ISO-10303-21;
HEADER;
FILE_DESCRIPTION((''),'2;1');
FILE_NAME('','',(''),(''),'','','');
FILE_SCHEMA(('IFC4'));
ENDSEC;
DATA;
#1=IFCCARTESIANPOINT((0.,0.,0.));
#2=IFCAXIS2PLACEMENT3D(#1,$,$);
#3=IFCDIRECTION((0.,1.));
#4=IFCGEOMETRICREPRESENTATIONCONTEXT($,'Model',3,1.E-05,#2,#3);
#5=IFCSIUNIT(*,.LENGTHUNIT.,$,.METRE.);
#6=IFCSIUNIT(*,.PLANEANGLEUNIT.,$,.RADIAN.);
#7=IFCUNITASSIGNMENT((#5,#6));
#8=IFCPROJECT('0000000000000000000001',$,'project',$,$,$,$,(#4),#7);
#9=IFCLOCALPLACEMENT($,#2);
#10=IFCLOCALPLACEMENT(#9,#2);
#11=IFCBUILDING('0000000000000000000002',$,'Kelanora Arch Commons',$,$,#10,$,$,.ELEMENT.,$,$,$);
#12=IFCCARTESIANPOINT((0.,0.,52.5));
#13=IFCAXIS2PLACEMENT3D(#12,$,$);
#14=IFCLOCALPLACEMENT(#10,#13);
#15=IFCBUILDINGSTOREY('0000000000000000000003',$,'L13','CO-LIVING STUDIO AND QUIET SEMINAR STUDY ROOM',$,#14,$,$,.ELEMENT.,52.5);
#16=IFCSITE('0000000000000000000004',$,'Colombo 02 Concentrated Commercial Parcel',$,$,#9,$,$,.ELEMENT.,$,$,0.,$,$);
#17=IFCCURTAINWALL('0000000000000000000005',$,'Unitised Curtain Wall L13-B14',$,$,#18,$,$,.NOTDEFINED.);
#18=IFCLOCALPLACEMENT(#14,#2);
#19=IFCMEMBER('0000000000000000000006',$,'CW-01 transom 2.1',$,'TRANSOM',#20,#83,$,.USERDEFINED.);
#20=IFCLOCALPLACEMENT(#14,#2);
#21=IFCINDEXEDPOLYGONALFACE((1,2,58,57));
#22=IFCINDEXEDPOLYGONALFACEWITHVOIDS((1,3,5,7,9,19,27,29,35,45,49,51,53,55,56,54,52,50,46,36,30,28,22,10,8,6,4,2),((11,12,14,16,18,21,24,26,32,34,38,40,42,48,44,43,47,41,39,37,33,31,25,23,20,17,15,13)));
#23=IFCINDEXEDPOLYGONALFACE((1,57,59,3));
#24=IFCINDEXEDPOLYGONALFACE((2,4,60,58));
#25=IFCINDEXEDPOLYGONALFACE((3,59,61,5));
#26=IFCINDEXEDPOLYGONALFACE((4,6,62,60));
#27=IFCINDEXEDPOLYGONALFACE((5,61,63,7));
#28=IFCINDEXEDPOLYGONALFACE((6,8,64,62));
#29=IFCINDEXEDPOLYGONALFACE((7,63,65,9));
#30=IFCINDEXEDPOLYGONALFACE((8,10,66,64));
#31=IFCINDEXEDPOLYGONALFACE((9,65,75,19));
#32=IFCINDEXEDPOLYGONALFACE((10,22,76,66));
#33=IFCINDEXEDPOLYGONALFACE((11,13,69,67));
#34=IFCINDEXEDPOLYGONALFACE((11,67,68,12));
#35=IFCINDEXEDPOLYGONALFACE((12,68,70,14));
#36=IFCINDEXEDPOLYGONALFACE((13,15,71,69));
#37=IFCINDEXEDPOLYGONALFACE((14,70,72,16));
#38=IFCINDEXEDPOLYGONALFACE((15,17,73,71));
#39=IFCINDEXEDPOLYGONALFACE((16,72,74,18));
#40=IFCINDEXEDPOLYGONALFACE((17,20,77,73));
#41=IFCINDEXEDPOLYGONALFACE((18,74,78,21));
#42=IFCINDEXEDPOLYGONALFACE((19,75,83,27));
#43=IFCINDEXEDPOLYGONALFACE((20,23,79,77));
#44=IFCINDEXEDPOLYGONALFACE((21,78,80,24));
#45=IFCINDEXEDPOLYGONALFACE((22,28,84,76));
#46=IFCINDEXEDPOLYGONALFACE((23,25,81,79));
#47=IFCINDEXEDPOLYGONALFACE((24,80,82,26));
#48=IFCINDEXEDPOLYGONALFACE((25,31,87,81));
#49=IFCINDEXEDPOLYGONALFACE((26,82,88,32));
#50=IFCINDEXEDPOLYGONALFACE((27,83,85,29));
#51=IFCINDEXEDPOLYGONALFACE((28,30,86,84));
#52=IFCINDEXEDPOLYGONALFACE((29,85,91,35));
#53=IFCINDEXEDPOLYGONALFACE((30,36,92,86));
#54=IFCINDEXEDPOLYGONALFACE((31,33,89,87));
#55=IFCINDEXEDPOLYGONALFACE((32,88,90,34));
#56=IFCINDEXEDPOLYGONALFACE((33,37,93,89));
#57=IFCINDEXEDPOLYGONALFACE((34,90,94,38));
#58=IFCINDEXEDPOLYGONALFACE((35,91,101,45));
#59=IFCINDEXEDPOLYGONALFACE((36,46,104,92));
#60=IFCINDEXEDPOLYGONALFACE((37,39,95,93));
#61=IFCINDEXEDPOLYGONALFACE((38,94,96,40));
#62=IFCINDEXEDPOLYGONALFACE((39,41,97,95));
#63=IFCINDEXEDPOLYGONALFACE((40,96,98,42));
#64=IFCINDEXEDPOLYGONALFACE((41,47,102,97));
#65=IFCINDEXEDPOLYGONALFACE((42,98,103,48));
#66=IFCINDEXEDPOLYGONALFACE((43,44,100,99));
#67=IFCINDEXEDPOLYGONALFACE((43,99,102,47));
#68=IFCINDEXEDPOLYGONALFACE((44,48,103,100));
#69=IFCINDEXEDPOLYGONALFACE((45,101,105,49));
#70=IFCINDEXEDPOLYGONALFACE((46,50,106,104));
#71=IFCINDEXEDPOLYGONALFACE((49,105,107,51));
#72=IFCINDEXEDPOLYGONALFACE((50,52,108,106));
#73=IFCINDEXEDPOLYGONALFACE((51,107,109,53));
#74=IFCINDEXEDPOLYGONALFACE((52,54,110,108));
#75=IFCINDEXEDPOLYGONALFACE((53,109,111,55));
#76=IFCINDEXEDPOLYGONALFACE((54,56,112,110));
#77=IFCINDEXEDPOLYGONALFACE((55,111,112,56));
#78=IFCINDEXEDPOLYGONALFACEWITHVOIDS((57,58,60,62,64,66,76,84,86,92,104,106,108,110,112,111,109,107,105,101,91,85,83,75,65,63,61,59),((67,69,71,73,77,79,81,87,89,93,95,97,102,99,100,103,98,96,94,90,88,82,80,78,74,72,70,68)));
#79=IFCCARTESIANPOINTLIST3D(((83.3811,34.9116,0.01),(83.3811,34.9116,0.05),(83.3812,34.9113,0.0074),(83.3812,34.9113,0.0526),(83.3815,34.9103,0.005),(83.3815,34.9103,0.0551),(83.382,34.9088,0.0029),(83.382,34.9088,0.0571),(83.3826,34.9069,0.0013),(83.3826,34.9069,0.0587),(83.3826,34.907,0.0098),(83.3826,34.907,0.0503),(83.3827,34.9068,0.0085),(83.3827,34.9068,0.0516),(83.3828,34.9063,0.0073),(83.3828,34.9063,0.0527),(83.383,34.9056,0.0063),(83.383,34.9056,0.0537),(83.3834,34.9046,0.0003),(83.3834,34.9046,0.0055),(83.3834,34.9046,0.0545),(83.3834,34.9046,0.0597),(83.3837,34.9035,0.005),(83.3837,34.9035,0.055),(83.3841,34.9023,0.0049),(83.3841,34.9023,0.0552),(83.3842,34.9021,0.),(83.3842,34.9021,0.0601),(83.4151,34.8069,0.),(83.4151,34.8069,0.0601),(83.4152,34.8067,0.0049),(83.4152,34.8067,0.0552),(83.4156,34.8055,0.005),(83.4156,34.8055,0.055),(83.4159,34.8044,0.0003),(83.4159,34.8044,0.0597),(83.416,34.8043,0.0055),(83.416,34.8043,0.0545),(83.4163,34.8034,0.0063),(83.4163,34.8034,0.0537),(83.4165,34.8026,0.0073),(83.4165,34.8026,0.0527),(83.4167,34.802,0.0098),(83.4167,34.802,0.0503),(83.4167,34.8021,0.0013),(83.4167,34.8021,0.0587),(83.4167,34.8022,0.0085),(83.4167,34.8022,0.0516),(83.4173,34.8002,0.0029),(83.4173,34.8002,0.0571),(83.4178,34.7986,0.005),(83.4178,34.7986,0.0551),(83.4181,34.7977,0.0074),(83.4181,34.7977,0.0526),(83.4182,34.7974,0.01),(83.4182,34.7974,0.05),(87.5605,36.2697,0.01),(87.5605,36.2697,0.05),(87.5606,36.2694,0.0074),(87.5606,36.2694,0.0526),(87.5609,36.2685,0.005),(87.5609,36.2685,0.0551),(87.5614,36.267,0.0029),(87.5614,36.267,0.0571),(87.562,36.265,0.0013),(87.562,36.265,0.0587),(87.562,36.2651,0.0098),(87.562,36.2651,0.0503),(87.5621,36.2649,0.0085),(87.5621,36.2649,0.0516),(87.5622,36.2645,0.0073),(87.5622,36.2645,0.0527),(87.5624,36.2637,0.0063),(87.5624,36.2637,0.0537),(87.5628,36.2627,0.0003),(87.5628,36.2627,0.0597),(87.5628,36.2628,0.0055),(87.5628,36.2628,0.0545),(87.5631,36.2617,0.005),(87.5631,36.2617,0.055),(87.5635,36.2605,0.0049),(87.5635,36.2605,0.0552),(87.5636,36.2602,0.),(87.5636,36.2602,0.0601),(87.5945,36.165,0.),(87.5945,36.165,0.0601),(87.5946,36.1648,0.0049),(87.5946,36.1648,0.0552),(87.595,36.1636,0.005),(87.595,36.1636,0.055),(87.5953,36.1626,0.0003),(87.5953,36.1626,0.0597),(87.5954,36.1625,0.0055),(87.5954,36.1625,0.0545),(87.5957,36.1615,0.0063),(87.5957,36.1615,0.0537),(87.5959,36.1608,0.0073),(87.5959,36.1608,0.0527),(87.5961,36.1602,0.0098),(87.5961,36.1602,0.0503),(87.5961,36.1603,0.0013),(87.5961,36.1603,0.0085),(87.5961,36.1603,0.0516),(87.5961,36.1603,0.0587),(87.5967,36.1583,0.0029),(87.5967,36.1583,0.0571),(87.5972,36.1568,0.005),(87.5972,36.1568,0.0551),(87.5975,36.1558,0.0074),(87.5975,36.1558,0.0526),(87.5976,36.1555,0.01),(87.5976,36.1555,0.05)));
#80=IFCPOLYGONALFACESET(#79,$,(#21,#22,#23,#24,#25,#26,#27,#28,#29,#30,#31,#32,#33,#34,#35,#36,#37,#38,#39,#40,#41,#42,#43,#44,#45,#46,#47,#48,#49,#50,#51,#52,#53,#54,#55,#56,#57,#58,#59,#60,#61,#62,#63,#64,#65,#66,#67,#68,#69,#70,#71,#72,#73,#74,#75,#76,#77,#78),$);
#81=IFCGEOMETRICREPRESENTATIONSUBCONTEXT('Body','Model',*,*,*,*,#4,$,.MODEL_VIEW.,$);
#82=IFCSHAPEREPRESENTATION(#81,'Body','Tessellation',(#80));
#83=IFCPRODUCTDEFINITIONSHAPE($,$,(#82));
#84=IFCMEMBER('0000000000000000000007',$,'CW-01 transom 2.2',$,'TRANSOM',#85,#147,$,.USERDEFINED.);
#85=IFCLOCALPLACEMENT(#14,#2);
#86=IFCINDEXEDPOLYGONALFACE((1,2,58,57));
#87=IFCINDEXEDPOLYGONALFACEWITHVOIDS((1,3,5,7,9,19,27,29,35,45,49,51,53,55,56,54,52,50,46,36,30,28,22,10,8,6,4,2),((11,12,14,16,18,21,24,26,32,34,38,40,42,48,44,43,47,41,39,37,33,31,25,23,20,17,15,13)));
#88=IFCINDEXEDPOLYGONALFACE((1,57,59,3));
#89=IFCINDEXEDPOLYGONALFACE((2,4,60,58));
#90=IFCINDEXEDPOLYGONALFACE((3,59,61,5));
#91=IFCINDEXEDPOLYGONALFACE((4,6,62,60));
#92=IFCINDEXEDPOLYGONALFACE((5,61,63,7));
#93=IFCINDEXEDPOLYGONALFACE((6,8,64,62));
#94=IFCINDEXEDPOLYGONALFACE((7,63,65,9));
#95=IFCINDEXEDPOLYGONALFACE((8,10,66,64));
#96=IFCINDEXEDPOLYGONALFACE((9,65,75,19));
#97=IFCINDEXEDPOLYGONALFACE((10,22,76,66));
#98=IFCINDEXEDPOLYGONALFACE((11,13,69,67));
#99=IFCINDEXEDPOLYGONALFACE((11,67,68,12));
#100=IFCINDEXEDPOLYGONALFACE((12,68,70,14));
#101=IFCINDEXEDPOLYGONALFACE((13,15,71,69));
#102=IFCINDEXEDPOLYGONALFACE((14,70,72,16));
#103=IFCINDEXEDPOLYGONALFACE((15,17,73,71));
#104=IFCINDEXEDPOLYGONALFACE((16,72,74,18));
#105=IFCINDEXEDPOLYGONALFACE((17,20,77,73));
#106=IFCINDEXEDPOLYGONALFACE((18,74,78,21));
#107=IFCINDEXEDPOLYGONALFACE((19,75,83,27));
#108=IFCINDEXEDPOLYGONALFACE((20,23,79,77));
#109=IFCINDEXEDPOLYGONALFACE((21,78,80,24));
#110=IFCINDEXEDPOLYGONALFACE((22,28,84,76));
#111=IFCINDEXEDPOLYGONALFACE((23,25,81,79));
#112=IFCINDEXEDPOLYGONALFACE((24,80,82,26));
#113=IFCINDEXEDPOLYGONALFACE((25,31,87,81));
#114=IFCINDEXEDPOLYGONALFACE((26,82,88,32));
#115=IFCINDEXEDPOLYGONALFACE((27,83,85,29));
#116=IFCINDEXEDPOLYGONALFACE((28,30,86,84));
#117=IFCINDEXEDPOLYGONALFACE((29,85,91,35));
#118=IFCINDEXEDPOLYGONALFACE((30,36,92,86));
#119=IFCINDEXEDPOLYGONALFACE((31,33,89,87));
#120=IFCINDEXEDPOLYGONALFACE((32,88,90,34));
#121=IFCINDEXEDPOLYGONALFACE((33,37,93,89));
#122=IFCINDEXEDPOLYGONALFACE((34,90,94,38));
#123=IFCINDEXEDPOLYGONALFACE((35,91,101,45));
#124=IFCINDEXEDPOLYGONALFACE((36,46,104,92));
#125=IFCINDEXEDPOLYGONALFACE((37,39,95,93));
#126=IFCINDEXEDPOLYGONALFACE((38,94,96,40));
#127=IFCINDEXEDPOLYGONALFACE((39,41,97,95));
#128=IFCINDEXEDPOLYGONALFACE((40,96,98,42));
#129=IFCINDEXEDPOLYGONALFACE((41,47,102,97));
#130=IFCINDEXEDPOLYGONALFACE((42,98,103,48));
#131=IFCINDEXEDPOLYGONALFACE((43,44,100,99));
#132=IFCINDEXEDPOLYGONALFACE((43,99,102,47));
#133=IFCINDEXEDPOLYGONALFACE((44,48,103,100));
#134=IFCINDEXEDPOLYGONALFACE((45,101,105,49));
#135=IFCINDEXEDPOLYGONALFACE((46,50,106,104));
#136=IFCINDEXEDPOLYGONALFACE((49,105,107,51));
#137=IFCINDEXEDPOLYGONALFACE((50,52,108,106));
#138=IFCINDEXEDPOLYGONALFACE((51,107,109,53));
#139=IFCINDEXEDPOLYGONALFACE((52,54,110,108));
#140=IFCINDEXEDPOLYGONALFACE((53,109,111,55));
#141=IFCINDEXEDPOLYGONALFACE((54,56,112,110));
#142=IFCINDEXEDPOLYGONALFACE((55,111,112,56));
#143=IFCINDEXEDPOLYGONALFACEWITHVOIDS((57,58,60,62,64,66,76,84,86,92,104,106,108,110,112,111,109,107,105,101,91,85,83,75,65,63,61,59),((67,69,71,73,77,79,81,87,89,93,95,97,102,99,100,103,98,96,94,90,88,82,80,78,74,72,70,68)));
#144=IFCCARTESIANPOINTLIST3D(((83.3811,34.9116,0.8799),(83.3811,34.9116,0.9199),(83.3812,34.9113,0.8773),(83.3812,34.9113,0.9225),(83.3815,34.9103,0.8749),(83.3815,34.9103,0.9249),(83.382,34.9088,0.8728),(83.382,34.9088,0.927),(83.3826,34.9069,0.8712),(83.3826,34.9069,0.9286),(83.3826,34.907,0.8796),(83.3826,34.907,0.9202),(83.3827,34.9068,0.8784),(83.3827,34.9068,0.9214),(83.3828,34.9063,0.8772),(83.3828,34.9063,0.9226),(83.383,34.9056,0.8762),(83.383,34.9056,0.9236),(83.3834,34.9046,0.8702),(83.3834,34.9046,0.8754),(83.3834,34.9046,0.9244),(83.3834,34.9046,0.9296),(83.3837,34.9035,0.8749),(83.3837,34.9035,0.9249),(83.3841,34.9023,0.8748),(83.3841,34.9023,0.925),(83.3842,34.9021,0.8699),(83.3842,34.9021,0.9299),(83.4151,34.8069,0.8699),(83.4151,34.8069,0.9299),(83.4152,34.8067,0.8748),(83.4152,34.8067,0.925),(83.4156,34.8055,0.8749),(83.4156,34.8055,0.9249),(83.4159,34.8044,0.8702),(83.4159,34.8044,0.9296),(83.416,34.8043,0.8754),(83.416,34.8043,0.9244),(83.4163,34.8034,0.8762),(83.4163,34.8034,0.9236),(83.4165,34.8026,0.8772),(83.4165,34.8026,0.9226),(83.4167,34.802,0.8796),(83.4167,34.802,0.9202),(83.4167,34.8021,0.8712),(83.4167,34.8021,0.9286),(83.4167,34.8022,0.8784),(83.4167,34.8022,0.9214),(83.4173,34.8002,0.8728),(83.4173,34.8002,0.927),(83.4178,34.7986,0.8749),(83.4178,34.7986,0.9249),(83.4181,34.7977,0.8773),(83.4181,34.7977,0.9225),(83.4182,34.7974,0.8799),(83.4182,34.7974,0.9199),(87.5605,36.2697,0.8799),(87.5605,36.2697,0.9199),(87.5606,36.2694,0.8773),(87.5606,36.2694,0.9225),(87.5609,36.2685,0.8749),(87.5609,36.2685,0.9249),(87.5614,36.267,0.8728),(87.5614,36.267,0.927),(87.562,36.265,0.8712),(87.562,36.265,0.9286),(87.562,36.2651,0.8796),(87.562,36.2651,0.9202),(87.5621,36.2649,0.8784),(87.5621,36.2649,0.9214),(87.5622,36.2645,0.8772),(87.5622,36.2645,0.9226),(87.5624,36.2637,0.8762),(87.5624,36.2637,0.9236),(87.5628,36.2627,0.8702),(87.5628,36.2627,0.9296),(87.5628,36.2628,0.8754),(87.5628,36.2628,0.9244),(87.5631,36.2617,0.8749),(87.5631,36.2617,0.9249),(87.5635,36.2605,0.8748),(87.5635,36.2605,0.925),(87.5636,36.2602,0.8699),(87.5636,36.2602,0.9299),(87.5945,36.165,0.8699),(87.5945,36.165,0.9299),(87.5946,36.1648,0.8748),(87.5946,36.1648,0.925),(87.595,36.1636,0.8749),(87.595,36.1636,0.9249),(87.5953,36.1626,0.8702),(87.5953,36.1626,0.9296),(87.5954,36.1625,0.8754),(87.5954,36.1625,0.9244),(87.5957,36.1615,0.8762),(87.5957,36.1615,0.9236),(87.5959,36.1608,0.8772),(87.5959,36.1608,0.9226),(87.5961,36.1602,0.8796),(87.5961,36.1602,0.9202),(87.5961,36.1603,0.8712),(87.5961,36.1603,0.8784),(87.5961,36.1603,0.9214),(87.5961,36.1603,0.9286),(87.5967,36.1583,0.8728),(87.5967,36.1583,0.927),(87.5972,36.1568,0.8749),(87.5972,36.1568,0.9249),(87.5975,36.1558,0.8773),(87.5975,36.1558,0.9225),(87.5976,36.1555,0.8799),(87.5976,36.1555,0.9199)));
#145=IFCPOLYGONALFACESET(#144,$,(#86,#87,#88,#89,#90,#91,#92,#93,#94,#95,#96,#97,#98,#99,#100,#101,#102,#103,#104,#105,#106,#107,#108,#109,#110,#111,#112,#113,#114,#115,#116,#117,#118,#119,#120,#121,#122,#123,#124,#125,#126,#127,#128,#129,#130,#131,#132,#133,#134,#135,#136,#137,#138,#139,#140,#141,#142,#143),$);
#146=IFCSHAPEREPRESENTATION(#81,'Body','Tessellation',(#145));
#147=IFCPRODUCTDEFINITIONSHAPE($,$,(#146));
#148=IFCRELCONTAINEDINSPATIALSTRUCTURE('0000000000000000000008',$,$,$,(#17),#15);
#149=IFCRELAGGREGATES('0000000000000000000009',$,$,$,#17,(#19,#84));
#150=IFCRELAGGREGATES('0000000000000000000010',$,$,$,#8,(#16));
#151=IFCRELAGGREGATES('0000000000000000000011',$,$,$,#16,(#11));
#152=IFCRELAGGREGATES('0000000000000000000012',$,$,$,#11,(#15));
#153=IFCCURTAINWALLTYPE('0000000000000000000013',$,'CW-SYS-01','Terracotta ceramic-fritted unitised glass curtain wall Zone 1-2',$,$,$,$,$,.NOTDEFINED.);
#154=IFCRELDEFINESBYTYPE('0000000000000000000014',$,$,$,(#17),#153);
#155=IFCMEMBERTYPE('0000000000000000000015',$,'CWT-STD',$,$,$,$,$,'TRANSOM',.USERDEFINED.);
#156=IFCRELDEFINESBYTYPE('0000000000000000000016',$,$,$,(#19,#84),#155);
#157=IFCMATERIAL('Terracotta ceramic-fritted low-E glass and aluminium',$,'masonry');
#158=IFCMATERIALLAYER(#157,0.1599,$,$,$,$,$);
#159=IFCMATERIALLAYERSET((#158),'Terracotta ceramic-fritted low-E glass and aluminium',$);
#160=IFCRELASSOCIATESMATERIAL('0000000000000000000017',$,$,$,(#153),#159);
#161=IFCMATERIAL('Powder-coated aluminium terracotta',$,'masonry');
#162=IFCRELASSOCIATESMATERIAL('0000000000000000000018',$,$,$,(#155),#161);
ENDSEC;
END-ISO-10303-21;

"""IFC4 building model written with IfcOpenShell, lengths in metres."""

from ifc_helpers import new_model, si_unit, direction, frame, origin, origin_2d, place, context, subcontext, project, spatial, hollow_rectangle, extrude, material, layer, layer_set, material_profile, profile_set, type_object, element, aggregate, save


model = new_model("IFC4")

# Units and contexts
model_context = context("Model", 3, precision=1e-05, world=origin(), true_north=direction((0.0, 1.0)))
body_context = subcontext(model_context, "Body", "Model", "MODEL_VIEW")
ifc_project = project(units=[si_unit("LENGTHUNIT", "METRE"), si_unit("PLANEANGLEUNIT", "RADIAN")], contexts=[model_context])

# Site, building, storey
site_placement = place(None, origin())
site = spatial("IfcSite", under=ifc_project, at=site_placement, Name="Colombo 02 Concentrated Commercial Parcel", CompositionType="ELEMENT", RefElevation=0.0)
building_placement = place(site_placement, origin())
building = spatial("IfcBuilding", under=site, at=building_placement, Name="Kelanora Arch Commons", CompositionType="ELEMENT")
storey_placement = place(building_placement, frame((0.0, 0.0, 52.5)))
storey = spatial("IfcBuildingStorey", under=building, at=storey_placement, Name="L13", Description="CO-LIVING STUDIO AND QUIET SEMINAR STUDY ROOM", CompositionType="ELEMENT", Elevation=52.5)

# Curtain wall, members
ifc_material_1 = material(Name="Terracotta ceramic-fritted low-E glass and aluminium", Category="masonry")
ifc_layer_1 = layer(ifc_material_1, 0.1599)
ifc_layer_set_1 = layer_set([ifc_layer_1], Name="Terracotta ceramic-fritted low-E glass and aluminium")
curtain_wall_type = type_object("IfcCurtainWallType", Name="CW-SYS-01", Description="Terracotta ceramic-fritted unitised glass curtain wall Zone 1-2", PredefinedType="NOTDEFINED", material=ifc_layer_set_1)
curtain_wall_placement = place(storey_placement, origin())
curtain_wall = element("IfcCurtainWall", 1, at=curtain_wall_placement, inside=storey, type_object=curtain_wall_type, Name="Unitised Curtain Wall L13-B14", PredefinedType="NOTDEFINED")
ifc_material_2 = material(Name="Powder-coated aluminium terracotta", Category="masonry")
ifc_material_profile_1 = material_profile(ifc_material_2, hollow_rectangle(XDim=0.1201, YDim=0.0601, WallThickness=0.0049, InnerFilletRadius=0.0049, OuterFilletRadius=0.01, at=origin_2d()), Name="CWT120x60")
ifc_profile_set_1 = profile_set([ifc_material_profile_1], Name="Powder-coated aluminium terracotta")
member_type_1 = type_object("IfcMemberType", Name="CWT-STD", ElementType="TRANSOM", PredefinedType="USERDEFINED", material=ifc_profile_set_1)
member_1_placement = place(storey_placement, frame((83.3997, 34.8545, 0.03), z_axis=(0.951045, 0.309052, 0.0), x_axis=(-0.309052, 0.951045, 0.0)))
member_1 = element("IfcMember", 2, at=member_1_placement, type_object=member_type_1, Name="CW-01 transom 2.1", ObjectType="TRANSOM", PredefinedType="USERDEFINED", context=body_context, shape_type="SweptSolid", body=[
    extrude(hollow_rectangle(XDim=0.1201, YDim=0.0601, WallThickness=0.0049, InnerFilletRadius=0.0049, OuterFilletRadius=0.01, at=origin_2d()), origin(), (0.0, 0.0, 1.0), 4.3945),
])
member_2_placement = place(storey_placement, frame((83.3997, 34.8545, 0.8999), z_axis=(0.951045, 0.309052, 0.0), x_axis=(-0.309052, 0.951045, 0.0)))
member_2 = element("IfcMember", 3, at=member_2_placement, type_object=member_type_1, Name="CW-01 transom 2.2", ObjectType="TRANSOM", PredefinedType="USERDEFINED", context=body_context, shape_type="SweptSolid", body=[
    extrude(hollow_rectangle(XDim=0.1201, YDim=0.0601, WallThickness=0.0049, InnerFilletRadius=0.0049, OuterFilletRadius=0.01, at=origin_2d()), origin(), (0.0, 0.0, 1.0), 4.3945),
])
aggregate(curtain_wall, [member_1, member_2])

save(model, "model.ifc")
